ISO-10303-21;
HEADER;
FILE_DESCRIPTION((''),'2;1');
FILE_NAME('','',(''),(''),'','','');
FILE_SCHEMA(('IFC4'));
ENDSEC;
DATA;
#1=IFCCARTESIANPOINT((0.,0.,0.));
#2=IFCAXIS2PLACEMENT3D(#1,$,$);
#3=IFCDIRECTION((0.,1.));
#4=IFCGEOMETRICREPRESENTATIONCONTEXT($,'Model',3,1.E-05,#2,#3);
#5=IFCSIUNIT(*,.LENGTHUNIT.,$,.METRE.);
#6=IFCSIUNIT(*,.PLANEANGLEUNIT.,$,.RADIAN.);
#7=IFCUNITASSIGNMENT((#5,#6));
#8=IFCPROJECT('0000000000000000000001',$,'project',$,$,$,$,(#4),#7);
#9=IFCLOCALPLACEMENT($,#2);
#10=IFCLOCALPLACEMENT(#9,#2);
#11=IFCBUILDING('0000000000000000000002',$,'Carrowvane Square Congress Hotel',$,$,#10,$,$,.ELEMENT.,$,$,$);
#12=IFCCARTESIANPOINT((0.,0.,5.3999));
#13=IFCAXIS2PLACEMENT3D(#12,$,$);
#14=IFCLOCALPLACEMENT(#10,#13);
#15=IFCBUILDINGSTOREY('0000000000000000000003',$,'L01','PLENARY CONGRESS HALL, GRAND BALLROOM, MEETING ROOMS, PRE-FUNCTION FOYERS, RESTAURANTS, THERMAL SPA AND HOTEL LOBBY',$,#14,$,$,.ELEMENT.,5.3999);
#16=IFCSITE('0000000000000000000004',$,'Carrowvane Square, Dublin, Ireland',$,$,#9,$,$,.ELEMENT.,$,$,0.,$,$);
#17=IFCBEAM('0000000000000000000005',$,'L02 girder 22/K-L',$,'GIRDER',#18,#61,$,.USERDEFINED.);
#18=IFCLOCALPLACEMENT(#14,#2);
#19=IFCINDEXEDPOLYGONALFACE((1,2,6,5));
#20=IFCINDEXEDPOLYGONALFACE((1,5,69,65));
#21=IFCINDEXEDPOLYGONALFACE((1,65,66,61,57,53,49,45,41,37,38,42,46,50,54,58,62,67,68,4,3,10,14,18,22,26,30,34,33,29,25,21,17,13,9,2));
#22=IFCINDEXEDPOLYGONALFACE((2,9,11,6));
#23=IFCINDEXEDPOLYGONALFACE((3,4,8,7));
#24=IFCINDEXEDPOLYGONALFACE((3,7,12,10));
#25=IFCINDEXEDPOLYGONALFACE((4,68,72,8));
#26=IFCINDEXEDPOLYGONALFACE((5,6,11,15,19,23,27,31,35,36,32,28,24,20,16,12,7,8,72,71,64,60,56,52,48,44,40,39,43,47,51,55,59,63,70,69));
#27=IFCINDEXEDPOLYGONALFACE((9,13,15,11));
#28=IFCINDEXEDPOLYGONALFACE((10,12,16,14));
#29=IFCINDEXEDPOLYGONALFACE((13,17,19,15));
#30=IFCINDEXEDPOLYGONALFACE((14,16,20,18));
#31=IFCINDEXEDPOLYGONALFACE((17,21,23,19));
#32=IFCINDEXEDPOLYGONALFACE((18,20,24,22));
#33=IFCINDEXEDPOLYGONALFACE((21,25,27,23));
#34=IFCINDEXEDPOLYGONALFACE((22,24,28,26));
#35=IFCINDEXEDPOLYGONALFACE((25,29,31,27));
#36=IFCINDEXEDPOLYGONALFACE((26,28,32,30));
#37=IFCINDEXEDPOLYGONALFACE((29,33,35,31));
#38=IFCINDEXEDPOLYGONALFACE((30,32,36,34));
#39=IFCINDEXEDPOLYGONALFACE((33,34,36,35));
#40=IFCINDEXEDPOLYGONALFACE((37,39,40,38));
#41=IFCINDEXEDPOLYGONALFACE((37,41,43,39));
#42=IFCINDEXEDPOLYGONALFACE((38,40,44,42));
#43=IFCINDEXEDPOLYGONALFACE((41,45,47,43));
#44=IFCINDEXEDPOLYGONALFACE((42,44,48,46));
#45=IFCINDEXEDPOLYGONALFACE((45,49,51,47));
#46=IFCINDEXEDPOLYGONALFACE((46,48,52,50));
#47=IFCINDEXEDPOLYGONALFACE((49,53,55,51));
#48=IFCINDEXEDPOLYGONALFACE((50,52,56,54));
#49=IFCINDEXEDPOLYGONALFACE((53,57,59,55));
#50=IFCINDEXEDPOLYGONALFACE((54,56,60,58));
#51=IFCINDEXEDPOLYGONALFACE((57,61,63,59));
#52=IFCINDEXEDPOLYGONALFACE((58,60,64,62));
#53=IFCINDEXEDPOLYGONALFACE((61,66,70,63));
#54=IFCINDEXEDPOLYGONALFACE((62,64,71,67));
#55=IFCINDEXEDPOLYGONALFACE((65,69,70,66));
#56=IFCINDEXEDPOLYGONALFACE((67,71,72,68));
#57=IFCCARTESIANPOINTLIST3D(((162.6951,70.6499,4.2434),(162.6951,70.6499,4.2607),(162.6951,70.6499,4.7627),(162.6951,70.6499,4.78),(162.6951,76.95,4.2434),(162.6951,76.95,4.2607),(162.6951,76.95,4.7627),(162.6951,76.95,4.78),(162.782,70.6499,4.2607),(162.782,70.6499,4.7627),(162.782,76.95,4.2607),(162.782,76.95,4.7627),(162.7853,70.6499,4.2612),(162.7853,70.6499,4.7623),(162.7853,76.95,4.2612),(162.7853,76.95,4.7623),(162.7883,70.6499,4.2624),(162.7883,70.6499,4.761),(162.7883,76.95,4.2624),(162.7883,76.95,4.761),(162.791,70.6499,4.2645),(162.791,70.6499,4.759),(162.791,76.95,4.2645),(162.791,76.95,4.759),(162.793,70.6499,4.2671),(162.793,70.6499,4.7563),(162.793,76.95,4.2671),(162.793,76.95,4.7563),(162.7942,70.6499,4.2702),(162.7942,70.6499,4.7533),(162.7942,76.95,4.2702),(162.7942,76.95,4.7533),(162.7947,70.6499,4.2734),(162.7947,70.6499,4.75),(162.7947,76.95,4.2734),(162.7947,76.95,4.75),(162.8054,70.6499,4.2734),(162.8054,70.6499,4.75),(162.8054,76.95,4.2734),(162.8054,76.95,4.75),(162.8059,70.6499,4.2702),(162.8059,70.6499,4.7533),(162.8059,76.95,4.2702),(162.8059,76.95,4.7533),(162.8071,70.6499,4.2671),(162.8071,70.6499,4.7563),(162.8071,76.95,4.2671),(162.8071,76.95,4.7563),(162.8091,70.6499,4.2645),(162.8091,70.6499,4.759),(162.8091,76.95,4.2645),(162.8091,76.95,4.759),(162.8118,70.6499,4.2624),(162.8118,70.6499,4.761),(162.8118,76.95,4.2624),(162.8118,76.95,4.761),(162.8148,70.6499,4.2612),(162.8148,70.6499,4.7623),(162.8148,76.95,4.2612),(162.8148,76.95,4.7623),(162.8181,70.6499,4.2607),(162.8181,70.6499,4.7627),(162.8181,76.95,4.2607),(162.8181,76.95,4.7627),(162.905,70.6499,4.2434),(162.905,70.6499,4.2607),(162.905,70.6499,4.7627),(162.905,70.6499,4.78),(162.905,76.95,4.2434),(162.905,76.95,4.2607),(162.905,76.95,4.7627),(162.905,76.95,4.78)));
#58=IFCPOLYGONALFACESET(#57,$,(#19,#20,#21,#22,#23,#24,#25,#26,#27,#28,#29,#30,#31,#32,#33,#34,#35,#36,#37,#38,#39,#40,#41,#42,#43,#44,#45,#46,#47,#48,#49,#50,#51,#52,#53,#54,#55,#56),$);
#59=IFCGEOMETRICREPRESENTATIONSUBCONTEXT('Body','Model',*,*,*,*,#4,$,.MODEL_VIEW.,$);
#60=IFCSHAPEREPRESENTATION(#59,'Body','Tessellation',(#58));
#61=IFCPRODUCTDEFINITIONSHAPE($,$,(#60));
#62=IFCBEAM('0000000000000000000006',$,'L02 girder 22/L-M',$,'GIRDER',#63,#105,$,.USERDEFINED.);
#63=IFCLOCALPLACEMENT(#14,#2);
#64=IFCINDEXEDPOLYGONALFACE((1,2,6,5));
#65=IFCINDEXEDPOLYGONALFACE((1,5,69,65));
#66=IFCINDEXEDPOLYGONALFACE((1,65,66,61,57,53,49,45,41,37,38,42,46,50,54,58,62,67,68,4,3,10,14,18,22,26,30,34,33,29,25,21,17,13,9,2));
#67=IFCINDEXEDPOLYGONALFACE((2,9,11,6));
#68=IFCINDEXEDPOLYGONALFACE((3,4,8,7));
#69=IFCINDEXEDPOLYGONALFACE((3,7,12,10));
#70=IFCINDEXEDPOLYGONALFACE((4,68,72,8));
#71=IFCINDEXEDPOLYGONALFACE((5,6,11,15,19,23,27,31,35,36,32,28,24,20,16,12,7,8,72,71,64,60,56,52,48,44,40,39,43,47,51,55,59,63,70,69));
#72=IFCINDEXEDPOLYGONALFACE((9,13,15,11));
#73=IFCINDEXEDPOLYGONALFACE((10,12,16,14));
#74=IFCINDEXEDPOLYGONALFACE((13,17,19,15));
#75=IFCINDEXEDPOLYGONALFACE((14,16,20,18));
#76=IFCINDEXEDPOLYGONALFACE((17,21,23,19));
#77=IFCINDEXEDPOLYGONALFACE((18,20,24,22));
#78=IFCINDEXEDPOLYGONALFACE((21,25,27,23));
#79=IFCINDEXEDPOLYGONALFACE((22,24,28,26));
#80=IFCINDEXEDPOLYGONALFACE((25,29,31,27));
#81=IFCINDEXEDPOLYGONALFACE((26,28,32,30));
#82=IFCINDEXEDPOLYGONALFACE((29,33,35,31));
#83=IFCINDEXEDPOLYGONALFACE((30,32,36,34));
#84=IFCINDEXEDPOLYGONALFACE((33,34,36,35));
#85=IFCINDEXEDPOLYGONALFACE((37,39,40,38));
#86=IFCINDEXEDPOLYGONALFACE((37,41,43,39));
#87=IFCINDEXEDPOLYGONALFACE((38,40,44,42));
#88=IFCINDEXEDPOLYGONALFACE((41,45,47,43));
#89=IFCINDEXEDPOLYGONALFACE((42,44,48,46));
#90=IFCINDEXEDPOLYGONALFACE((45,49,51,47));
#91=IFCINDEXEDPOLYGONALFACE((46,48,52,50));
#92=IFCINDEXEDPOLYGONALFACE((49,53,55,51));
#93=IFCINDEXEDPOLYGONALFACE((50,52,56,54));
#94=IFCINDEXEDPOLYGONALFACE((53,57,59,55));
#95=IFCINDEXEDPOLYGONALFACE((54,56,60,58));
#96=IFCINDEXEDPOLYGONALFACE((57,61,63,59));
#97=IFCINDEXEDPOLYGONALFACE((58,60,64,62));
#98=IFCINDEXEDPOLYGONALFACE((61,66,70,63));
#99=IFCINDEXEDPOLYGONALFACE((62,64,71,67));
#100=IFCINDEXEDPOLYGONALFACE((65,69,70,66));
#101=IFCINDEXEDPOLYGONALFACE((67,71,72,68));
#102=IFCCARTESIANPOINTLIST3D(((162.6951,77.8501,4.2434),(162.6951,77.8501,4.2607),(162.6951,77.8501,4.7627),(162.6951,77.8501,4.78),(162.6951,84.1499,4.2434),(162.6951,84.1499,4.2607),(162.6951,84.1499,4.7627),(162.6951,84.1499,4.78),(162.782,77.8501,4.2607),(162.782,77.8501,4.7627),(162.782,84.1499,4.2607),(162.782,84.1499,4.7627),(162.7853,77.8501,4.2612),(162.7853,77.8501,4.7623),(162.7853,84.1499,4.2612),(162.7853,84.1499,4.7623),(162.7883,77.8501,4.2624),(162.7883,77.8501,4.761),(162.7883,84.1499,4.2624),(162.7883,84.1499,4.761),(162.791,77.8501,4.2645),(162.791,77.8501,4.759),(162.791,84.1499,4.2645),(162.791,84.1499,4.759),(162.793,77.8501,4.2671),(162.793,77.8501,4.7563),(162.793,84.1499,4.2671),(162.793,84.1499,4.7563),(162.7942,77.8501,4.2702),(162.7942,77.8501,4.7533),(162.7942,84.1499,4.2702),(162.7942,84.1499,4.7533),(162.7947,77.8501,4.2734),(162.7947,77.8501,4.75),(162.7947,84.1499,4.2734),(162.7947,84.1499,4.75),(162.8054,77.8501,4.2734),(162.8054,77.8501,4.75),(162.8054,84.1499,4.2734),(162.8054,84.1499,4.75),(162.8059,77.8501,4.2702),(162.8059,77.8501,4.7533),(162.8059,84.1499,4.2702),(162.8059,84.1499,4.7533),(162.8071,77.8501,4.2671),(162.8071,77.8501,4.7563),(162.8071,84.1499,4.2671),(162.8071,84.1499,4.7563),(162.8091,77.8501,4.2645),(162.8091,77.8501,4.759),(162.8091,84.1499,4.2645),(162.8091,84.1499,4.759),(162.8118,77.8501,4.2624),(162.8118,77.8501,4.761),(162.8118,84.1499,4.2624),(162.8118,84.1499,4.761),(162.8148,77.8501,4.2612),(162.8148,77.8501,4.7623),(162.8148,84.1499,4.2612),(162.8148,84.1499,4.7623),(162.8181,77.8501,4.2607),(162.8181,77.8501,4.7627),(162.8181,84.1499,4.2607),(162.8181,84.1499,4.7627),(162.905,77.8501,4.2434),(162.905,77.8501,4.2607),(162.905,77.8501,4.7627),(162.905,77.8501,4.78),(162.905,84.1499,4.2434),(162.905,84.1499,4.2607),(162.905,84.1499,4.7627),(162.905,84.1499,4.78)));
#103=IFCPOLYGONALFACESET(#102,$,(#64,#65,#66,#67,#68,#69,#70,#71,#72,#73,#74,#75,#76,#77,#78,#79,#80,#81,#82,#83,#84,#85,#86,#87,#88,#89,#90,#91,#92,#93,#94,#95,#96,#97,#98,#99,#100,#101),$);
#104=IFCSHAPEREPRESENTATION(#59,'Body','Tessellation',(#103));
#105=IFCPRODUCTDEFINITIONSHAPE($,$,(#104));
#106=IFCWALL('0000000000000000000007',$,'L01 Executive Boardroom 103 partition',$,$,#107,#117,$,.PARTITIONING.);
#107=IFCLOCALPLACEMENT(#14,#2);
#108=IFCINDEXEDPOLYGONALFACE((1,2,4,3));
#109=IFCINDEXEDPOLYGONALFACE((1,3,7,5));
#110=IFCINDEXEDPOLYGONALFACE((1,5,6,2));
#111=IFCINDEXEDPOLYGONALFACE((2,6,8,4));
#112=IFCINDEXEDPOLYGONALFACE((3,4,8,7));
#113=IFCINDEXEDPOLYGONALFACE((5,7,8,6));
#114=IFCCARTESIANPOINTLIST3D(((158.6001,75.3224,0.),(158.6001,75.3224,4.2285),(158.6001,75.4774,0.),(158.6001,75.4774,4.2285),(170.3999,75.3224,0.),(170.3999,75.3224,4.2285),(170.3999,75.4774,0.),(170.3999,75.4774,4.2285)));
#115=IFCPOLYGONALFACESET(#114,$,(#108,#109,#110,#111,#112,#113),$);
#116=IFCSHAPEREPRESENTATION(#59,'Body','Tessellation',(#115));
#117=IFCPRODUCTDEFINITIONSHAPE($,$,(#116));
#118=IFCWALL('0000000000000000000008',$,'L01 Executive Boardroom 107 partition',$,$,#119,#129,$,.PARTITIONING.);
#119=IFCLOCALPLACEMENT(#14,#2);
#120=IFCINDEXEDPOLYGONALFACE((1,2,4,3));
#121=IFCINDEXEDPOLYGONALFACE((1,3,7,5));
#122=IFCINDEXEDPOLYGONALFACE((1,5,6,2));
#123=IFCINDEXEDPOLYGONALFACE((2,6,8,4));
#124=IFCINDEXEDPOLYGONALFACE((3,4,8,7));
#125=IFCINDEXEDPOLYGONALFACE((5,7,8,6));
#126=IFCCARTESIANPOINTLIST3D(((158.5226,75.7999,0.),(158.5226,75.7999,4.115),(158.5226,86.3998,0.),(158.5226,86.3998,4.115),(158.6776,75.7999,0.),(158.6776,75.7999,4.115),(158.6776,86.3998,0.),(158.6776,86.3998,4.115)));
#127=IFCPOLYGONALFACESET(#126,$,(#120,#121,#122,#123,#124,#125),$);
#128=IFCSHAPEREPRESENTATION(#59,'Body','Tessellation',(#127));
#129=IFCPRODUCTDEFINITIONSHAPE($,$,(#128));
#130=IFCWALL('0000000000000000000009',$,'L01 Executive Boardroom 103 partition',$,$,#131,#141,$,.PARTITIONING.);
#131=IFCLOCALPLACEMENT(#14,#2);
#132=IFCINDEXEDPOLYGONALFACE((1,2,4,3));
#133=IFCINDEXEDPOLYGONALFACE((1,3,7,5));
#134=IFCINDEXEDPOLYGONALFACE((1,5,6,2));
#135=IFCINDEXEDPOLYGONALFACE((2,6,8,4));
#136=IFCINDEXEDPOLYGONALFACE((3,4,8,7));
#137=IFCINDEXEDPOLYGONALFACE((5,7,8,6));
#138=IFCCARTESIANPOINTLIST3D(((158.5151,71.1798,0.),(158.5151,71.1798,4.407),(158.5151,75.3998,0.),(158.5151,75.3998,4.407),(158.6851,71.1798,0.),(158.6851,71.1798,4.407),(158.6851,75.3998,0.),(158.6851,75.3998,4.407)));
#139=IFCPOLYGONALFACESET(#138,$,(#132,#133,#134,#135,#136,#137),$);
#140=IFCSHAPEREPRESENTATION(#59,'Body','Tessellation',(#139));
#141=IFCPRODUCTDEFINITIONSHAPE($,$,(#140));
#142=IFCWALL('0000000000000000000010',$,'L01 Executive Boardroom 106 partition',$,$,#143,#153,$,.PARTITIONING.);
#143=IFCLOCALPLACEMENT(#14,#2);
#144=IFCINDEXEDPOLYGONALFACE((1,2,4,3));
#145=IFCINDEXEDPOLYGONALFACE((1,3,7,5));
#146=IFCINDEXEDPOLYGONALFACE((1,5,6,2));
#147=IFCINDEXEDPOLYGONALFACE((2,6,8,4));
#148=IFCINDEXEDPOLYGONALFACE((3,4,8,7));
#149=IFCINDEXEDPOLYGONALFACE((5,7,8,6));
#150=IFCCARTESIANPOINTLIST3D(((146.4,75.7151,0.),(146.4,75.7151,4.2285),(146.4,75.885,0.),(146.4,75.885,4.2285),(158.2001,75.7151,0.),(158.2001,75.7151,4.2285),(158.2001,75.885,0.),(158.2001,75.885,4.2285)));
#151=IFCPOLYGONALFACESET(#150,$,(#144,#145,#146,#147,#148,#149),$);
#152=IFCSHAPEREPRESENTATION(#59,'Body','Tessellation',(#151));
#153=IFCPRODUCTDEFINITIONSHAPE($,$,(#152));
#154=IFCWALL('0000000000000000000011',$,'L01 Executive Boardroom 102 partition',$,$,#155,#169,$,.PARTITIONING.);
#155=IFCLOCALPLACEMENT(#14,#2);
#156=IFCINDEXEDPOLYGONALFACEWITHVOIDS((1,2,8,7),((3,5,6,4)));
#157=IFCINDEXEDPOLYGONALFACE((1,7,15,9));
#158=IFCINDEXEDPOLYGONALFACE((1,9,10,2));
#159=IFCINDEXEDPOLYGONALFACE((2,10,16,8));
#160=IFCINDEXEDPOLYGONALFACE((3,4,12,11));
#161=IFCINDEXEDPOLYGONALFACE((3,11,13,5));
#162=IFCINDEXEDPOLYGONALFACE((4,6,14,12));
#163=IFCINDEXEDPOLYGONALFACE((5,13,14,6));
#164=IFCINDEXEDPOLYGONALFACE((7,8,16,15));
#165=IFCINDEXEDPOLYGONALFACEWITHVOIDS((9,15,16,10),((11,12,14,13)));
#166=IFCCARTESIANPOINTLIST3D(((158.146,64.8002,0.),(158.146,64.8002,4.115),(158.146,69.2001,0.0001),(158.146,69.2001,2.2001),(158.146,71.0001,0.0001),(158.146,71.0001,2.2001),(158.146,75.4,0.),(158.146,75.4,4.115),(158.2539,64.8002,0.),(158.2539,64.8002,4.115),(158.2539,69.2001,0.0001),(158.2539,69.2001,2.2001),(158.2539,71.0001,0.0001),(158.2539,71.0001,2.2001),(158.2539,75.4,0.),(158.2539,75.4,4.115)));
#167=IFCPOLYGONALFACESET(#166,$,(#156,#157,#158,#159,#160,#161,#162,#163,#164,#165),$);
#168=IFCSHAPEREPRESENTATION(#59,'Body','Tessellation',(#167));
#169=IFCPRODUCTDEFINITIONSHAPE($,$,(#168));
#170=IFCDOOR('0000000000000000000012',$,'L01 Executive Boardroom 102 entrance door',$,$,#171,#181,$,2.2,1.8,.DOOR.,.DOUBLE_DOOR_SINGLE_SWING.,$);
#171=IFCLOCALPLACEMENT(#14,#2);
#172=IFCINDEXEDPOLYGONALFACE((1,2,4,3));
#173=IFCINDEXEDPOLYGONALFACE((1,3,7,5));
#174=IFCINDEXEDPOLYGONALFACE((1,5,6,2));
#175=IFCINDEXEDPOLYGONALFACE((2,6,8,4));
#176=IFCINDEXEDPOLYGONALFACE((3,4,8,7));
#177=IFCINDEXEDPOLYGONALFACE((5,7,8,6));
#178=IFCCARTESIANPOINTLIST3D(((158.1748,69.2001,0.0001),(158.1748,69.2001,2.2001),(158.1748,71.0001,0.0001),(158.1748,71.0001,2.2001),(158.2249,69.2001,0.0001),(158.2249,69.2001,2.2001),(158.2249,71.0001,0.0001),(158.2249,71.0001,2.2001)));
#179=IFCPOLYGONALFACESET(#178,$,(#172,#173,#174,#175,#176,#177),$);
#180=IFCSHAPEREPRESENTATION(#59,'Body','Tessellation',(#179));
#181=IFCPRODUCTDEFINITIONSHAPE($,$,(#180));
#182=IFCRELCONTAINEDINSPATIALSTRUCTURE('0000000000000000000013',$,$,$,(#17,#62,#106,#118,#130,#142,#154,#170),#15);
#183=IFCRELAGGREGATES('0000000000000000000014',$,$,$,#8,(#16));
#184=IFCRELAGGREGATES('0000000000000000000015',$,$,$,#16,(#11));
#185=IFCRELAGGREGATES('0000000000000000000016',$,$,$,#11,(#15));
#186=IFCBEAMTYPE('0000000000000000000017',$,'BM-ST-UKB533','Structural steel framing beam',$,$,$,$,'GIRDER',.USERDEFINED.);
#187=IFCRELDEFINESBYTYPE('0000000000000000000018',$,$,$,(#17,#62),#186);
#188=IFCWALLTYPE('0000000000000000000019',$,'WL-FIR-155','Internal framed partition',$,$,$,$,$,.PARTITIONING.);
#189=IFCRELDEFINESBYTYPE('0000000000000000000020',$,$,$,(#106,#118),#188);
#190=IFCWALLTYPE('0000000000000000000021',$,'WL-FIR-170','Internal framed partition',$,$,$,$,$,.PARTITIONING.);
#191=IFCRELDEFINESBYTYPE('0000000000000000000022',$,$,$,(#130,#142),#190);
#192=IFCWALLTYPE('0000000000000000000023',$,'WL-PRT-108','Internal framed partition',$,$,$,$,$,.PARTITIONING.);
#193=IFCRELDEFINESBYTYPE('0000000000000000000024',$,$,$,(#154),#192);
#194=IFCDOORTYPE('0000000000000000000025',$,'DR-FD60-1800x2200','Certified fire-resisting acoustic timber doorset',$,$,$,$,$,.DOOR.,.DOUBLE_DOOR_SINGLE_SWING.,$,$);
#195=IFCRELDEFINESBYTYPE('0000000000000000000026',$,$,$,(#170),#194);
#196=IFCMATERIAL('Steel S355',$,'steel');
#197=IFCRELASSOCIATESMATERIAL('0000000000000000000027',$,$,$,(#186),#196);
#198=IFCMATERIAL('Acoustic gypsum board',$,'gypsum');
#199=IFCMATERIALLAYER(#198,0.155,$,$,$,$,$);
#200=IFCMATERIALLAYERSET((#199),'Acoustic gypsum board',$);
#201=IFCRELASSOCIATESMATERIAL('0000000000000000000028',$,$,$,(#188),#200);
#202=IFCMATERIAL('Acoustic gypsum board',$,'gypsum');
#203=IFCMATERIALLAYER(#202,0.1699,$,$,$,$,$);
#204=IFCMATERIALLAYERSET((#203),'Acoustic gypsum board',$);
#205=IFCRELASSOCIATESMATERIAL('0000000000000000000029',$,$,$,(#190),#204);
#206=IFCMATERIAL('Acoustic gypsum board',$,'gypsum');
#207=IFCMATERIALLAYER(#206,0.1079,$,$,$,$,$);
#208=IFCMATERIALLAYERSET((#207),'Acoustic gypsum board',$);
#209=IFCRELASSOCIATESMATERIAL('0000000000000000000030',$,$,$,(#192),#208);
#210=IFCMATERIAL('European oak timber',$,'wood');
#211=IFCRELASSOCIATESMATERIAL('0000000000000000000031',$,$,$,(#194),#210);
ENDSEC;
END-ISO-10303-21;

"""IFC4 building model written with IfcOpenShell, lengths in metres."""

from ifc_helpers import new_model, si_unit, direction, frame, frame_2d, origin, origin_2d, place, context, subcontext, project, spatial, rectangle, i_section, extrude, material, layer, layer_set, material_profile, profile_set, type_object, element, fill, save


model = new_model("IFC4")

# Units and contexts
model_context = context("Model", 3, precision=1e-05, world=origin(), true_north=direction((0.0, 1.0)))
body_context = subcontext(model_context, "Body", "Model", "MODEL_VIEW")
ifc_project = project(units=[si_unit("LENGTHUNIT", "METRE"), si_unit("PLANEANGLEUNIT", "RADIAN")], contexts=[model_context])

# Site, building, storey
site_placement = place(None, origin())
site = spatial("IfcSite", under=ifc_project, at=site_placement, Name="Carrowvane Square, Dublin, Ireland", CompositionType="ELEMENT", RefElevation=0.0)
building_placement = place(site_placement, origin())
building = spatial("IfcBuilding", under=site, at=building_placement, Name="Carrowvane Square Congress Hotel", CompositionType="ELEMENT")
storey_placement = place(building_placement, frame((0.0, 0.0, 5.3999)))
storey = spatial("IfcBuildingStorey", under=building, at=storey_placement, Name="L01", Description="PLENARY CONGRESS HALL, GRAND BALLROOM, MEETING ROOMS, PRE-FUNCTION FOYERS, RESTAURANTS, THERMAL SPA AND HOTEL LOBBY", CompositionType="ELEMENT", Elevation=5.3999)

# Beams
ifc_material_1 = material(Name="Steel S355", Category="steel")
ifc_material_profile_1 = material_profile(ifc_material_1, i_section(OverallWidth=0.21, OverallDepth=0.5366, WebThickness=0.0107, FlangeThickness=0.0173, FilletRadius=0.0127, at=origin_2d()), Name="UKB 533x210x101")
ifc_profile_set_1 = profile_set([ifc_material_profile_1], Name="Steel S355")
beam_type_1 = type_object("IfcBeamType", Name="BM-ST-UKB533", Description="Structural steel framing beam", ElementType="GIRDER", PredefinedType="USERDEFINED", material=ifc_profile_set_1)
beam_1_placement = place(storey_placement, frame((162.8, 70.6499, 4.5117), z_axis=(0.0, 1.0, 0.0), x_axis=(-1.0, 0.0, 0.0)))
element("IfcBeam", 1, at=beam_1_placement, inside=storey, type_object=beam_type_1, Name="L02 girder 22/K-L", ObjectType="GIRDER", PredefinedType="USERDEFINED", context=body_context, shape_type="SweptSolid", body=[
    extrude(i_section(OverallWidth=0.21, OverallDepth=0.5366, WebThickness=0.0107, FlangeThickness=0.0173, FilletRadius=0.0127, at=origin_2d()), origin(), (0.0, 0.0, 1.0), 6.3),
])
beam_2_placement = place(storey_placement, frame((162.8, 77.8501, 4.5117), z_axis=(0.0, 1.0, 0.0), x_axis=(-1.0, 0.0, 0.0)))
element("IfcBeam", 2, at=beam_2_placement, inside=storey, type_object=beam_type_1, Name="L02 girder 22/L-M", ObjectType="GIRDER", PredefinedType="USERDEFINED", context=body_context, shape_type="SweptSolid", body=[
    extrude(i_section(OverallWidth=0.21, OverallDepth=0.5366, WebThickness=0.0107, FlangeThickness=0.0173, FilletRadius=0.0127, at=origin_2d()), origin(), (0.0, 0.0, 1.0), 6.2998),
])

# Walls
ifc_material_2 = material(Name="Acoustic gypsum board", Category="gypsum")
ifc_layer_1 = layer(ifc_material_2, 0.155)
ifc_layer_set_1 = layer_set([ifc_layer_1], Name="Acoustic gypsum board")
wall_type_1 = type_object("IfcWallType", Name="WL-FIR-155", Description="Internal framed partition", PredefinedType="PARTITIONING", material=ifc_layer_set_1)
wall_1_placement = place(storey_placement, frame((158.6001, 75.3999, 0.0), z_axis=(0.0, 0.0, 1.0), x_axis=(1.0, 0.0, 0.0)))
element("IfcWall", 3, at=wall_1_placement, inside=storey, type_object=wall_type_1, Name="L01 Executive Boardroom 103 partition", PredefinedType="PARTITIONING", context=body_context, shape_type="SweptSolid", body=[
    extrude(rectangle(XDim=11.7998, YDim=0.155, at=frame_2d((5.8999, 0.0))), origin(), (0.0, 0.0, 1.0), 4.2285),
])
wall_2_placement = place(storey_placement, frame((158.6001, 75.8, 0.0), z_axis=(0.0, 0.0, 1.0), x_axis=(0.0, 1.0, 0.0)))
element("IfcWall", 4, at=wall_2_placement, inside=storey, type_object=wall_type_1, Name="L01 Executive Boardroom 107 partition", PredefinedType="PARTITIONING", context=body_context, shape_type="SweptSolid", body=[
    extrude(rectangle(XDim=10.5999, YDim=0.155, at=frame_2d((5.2998, 0.0))), origin(), (0.0, 0.0, 1.0), 4.115),
])
ifc_material_3 = material(Name="Acoustic gypsum board", Category="gypsum")
ifc_layer_2 = layer(ifc_material_3, 0.1699)
ifc_layer_set_2 = layer_set([ifc_layer_2], Name="Acoustic gypsum board")
wall_type_2 = type_object("IfcWallType", Name="WL-FIR-170", Description="Internal framed partition", PredefinedType="PARTITIONING", material=ifc_layer_set_2)
wall_3_placement = place(storey_placement, frame((158.6001, 71.1799, 0.0), z_axis=(0.0, 0.0, 1.0), x_axis=(0.0, 1.0, 0.0)))
element("IfcWall", 5, at=wall_3_placement, inside=storey, type_object=wall_type_2, Name="L01 Executive Boardroom 103 partition", PredefinedType="PARTITIONING", context=body_context, shape_type="SweptSolid", body=[
    extrude(rectangle(XDim=4.22, YDim=0.1699, at=frame_2d((2.1099, 0.0))), origin(), (0.0, 0.0, 1.0), 4.407),
])
wall_4_placement = place(storey_placement, frame((158.2, 75.8, 0.0), z_axis=(0.0, 0.0, 1.0), x_axis=(-1.0, 0.0, 0.0)))
element("IfcWall", 6, at=wall_4_placement, inside=storey, type_object=wall_type_2, Name="L01 Executive Boardroom 106 partition", PredefinedType="PARTITIONING", context=body_context, shape_type="SweptSolid", body=[
    extrude(rectangle(XDim=11.8, YDim=0.1699, at=frame_2d((5.8999, 0.0))), origin(), (0.0, 0.0, 1.0), 4.2285),
])

# Wall, opening, door
ifc_material_4 = material(Name="Acoustic gypsum board", Category="gypsum")
ifc_layer_3 = layer(ifc_material_4, 0.1079)
ifc_layer_set_3 = layer_set([ifc_layer_3], Name="Acoustic gypsum board")
wall_type_3 = type_object("IfcWallType", Name="WL-PRT-108", Description="Internal framed partition", PredefinedType="PARTITIONING", material=ifc_layer_set_3)
wall_5_placement = place(storey_placement, frame((158.2, 75.3999, 0.0), z_axis=(0.0, 0.0, 1.0), x_axis=(0.0, -1.0, 0.0)))
wall_5 = element("IfcWall", 7, at=wall_5_placement, inside=storey, type_object=wall_type_3, Name="L01 Executive Boardroom 102 partition", PredefinedType="PARTITIONING", context=body_context, shape_type="SweptSolid", body=[
    extrude(rectangle(XDim=10.5999, YDim=0.1079, at=frame_2d((5.2998, 0.0))), origin(), (0.0, 0.0, 1.0), 4.115),
])
opening_placement = place(wall_5_placement, frame((4.3999, 0.0, 0.0)))
opening = element("IfcOpeningElement", 8, at=opening_placement, cuts=wall_5, PredefinedType="OPENING", context=body_context, shape_type="SweptSolid", body=[
    extrude(rectangle(XDim=1.8, YDim=2.2, at=frame_2d((0.8999, 1.1001))), frame((0.0, 0.064, 0.0), z_axis=(0.0, -1.0, 0.0), x_axis=(1.0, 0.0, 0.0)), (0.0, 0.0, 1.0), 0.1279),
])
ifc_material_5 = material(Name="European oak timber", Category="wood")
door_type = type_object("IfcDoorType", Name="DR-FD60-1800x2200", Description="Certified fire-resisting acoustic timber doorset", OperationType="DOUBLE_DOOR_SINGLE_SWING", PredefinedType="DOOR", material=ifc_material_5)
door_placement = place(opening_placement, origin())
door = element("IfcDoor", 9, at=door_placement, inside=storey, type_object=door_type, Name="L01 Executive Boardroom 102 entrance door", OperationType="DOUBLE_DOOR_SINGLE_SWING", OverallHeight=2.2, OverallWidth=1.8, PredefinedType="DOOR", context=body_context, shape_type="SweptSolid", body=[
    extrude(rectangle(XDim=1.8, YDim=2.2, at=frame_2d((0.8999, 1.1001))), frame((0.0, 0.0249, 0.0), z_axis=(0.0, -1.0, 0.0), x_axis=(1.0, 0.0, 0.0)), (0.0, 0.0, 1.0), 0.05),
])
fill(opening, door)

save(model, "model.ifc")
